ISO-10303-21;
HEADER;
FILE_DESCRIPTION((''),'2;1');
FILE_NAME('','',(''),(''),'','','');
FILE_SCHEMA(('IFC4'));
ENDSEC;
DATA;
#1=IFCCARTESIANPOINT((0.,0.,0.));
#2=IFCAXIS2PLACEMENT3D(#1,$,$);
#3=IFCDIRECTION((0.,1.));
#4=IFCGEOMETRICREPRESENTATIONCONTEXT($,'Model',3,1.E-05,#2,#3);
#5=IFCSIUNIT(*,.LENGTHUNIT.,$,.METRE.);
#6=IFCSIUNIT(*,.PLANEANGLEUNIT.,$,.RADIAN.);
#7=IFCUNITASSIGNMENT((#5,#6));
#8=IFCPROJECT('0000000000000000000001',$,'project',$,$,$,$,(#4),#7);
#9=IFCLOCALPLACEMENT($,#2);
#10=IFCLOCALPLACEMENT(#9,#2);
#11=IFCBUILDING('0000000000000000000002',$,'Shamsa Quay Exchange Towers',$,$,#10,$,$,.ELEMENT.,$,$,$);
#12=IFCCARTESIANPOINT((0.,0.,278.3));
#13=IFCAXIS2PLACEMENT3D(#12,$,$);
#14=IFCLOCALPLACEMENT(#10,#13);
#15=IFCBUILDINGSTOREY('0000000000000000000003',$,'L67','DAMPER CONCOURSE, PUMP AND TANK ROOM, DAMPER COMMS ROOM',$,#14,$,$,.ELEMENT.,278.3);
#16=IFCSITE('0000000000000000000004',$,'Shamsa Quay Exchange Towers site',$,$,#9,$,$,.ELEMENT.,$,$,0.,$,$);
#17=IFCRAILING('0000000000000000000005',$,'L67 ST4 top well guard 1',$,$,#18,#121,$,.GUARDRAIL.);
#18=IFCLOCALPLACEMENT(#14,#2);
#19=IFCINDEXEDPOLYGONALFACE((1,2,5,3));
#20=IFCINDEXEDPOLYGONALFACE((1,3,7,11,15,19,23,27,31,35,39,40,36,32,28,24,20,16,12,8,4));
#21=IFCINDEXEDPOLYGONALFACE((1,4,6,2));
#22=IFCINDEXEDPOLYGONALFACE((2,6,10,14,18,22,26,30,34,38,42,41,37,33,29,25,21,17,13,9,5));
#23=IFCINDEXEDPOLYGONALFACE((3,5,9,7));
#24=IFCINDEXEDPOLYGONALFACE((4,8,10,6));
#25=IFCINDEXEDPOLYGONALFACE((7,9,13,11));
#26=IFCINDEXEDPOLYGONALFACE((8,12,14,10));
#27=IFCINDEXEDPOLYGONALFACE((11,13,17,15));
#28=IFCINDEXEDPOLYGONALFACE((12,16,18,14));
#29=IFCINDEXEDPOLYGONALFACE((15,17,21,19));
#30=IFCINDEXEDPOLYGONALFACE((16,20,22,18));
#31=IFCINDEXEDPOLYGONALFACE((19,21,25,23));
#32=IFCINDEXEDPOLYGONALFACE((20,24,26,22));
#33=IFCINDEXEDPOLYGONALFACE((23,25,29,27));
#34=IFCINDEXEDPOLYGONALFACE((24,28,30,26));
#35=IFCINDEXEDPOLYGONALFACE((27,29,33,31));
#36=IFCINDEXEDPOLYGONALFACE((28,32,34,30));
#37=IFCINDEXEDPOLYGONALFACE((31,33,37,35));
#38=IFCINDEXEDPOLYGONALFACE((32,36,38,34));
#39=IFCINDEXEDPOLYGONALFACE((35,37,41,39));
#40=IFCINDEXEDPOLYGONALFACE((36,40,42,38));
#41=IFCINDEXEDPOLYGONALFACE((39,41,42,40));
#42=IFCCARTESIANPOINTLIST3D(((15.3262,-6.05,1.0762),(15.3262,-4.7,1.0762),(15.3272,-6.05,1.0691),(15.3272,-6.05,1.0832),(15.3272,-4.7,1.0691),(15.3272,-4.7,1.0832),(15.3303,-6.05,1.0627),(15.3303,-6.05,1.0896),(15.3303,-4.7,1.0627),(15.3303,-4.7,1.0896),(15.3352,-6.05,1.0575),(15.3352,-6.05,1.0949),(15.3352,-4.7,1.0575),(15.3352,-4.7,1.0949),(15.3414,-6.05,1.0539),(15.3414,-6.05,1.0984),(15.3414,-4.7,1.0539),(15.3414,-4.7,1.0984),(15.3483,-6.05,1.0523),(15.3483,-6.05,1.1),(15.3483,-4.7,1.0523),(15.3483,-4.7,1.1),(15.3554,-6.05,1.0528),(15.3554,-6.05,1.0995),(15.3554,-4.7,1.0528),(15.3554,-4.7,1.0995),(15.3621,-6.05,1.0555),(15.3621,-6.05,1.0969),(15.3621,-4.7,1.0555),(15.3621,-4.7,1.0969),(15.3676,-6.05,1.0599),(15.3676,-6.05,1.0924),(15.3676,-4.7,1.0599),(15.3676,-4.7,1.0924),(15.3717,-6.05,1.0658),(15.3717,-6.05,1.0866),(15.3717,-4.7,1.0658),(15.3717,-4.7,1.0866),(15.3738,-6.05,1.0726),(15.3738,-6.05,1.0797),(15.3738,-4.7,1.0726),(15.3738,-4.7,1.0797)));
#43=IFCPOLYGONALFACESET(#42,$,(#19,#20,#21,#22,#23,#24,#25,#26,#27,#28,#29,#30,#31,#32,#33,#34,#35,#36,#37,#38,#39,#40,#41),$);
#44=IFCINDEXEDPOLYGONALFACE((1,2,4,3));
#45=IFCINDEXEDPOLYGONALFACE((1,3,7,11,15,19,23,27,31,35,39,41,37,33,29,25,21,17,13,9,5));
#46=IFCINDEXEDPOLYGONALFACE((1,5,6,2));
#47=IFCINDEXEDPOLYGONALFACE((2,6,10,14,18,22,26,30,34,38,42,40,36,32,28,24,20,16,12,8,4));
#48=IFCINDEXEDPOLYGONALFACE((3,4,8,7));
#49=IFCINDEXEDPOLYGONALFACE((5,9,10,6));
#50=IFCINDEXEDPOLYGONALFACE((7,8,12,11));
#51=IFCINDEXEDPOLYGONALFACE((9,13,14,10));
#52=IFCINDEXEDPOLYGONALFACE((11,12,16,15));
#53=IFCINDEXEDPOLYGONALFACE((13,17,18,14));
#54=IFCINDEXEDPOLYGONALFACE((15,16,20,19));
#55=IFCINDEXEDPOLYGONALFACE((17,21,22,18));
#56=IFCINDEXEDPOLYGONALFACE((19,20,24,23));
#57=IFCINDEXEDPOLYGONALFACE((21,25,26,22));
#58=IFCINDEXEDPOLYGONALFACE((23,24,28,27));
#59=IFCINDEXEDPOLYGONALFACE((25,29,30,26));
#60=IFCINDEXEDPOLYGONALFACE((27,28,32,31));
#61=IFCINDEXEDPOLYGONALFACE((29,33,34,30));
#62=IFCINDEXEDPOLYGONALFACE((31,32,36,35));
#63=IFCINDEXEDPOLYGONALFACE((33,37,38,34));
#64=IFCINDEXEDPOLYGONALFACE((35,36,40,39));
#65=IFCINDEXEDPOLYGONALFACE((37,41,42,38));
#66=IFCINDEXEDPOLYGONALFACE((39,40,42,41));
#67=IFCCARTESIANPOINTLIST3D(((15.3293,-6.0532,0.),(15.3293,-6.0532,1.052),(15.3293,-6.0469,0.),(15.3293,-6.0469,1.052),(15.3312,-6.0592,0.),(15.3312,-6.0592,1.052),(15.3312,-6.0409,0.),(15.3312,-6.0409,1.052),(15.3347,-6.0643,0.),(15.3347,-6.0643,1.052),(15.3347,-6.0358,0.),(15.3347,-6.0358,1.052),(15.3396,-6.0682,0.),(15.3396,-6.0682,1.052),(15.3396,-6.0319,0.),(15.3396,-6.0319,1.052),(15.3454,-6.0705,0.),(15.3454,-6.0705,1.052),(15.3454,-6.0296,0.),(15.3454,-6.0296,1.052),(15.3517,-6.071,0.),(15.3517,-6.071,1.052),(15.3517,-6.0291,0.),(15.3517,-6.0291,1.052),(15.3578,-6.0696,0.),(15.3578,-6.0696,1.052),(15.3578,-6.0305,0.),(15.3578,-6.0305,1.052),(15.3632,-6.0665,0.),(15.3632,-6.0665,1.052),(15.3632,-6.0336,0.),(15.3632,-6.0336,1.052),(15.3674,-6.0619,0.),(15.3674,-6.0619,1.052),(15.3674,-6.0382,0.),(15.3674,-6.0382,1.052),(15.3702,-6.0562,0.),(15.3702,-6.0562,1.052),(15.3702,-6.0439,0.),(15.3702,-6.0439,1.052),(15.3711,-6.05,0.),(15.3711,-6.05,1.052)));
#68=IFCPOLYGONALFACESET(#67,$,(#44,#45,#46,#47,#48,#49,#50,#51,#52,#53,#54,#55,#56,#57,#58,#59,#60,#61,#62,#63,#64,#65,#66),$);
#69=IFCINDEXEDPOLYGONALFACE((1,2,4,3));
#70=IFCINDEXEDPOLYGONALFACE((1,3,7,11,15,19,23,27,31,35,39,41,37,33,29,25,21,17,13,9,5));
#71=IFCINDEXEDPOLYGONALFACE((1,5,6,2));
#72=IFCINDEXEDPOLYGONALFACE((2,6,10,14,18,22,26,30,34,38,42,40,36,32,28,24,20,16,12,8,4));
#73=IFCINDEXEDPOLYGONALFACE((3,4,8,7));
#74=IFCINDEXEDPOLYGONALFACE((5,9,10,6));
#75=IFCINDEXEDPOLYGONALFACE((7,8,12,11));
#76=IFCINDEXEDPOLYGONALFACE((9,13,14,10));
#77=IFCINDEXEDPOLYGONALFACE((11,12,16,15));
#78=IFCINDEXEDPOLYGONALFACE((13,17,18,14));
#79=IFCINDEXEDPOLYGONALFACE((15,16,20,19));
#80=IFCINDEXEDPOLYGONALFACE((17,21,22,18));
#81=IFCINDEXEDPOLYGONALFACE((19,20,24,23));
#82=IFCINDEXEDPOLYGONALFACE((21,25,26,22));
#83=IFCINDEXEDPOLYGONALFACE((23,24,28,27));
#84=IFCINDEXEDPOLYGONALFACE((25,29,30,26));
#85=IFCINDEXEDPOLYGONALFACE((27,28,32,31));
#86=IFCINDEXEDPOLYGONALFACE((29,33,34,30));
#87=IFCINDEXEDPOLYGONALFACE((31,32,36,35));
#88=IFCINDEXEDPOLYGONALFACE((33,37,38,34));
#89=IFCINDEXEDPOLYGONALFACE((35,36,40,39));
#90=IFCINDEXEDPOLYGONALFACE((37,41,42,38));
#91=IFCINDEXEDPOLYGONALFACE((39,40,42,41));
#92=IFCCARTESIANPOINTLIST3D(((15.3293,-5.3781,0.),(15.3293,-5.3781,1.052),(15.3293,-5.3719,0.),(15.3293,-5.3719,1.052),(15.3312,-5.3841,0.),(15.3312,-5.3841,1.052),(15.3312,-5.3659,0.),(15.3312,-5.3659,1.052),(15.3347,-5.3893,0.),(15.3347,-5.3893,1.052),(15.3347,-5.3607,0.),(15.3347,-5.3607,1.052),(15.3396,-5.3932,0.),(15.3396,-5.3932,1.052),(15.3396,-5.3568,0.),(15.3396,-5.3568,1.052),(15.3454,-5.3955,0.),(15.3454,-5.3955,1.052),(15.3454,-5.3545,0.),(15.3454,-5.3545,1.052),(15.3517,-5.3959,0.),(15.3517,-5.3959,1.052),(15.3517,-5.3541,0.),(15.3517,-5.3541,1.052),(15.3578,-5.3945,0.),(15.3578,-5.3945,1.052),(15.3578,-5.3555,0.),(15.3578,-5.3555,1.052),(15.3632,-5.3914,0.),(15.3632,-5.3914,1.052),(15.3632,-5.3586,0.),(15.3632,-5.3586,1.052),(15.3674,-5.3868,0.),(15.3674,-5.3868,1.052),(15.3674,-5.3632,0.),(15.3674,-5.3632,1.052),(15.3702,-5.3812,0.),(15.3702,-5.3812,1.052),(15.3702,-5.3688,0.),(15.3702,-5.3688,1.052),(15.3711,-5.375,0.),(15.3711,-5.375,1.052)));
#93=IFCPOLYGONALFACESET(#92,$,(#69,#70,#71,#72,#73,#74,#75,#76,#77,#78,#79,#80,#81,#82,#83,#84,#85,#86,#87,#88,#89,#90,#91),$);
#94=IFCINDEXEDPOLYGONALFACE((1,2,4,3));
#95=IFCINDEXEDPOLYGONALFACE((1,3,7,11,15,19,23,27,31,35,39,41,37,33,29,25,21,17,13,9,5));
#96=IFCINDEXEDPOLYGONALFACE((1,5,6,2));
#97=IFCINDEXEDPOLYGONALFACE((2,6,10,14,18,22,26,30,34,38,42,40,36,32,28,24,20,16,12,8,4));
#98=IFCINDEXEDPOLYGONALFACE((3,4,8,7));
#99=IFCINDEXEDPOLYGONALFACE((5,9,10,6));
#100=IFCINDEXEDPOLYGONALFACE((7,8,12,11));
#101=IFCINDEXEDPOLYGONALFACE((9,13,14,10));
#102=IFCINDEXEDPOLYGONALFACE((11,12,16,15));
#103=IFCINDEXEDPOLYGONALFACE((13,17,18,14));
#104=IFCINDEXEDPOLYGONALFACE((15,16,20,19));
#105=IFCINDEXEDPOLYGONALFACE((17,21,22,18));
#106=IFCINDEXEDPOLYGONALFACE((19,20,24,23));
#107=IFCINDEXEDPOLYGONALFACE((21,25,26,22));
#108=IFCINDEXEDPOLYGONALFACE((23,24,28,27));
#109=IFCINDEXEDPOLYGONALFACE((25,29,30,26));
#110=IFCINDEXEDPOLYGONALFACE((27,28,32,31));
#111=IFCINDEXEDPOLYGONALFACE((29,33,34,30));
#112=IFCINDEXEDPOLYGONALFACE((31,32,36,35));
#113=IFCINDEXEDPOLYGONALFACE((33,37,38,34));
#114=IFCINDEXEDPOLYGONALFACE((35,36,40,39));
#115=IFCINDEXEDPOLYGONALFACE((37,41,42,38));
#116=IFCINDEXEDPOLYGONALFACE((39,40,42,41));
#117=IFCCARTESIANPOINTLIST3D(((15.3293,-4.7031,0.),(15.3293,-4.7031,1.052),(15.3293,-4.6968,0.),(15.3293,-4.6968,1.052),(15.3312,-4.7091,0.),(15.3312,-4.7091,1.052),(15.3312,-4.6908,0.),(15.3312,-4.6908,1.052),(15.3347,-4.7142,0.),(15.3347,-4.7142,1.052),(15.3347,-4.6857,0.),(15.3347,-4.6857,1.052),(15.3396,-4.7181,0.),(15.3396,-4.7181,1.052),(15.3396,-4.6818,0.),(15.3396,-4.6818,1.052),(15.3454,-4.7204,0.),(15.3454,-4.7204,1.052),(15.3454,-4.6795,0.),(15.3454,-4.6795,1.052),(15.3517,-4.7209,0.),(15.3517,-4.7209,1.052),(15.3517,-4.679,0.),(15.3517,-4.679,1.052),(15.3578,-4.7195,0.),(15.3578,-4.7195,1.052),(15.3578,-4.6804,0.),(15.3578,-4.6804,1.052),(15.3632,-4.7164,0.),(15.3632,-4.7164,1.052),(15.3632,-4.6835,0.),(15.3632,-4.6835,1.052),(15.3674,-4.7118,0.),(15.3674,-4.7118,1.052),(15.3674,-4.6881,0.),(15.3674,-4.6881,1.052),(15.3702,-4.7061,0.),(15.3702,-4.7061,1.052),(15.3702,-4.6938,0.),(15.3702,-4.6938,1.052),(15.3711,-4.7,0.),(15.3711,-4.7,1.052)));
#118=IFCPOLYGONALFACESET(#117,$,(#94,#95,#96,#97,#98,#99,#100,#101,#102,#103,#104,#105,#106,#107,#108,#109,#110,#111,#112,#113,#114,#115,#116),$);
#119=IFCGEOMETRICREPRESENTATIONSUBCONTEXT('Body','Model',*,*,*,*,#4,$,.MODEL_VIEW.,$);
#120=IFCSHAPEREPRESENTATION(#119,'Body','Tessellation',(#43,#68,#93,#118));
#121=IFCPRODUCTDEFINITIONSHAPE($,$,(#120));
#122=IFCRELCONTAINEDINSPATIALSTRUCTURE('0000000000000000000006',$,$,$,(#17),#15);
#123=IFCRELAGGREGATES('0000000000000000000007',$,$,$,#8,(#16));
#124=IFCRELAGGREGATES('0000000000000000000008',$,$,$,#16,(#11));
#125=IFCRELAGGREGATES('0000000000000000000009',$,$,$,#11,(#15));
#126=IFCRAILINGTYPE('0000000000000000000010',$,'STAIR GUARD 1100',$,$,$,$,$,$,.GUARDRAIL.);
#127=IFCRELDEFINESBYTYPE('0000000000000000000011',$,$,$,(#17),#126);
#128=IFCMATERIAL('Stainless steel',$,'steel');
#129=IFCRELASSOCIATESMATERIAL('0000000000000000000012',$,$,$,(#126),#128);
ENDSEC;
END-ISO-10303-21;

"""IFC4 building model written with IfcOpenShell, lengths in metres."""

from ifc_helpers import new_model, si_unit, direction, frame, origin, origin_2d, place, context, subcontext, project, spatial, circle, extrude, material, type_object, element, save


model = new_model("IFC4")

# Units and contexts
model_context = context("Model", 3, precision=1e-05, world=origin(), true_north=direction((0.0, 1.0)))
body_context = subcontext(model_context, "Body", "Model", "MODEL_VIEW")
ifc_project = project(units=[si_unit("LENGTHUNIT", "METRE"), si_unit("PLANEANGLEUNIT", "RADIAN")], contexts=[model_context])

# Site, building, storey
site_placement = place(None, origin())
site = spatial("IfcSite", under=ifc_project, at=site_placement, Name="Shamsa Quay Exchange Towers site", CompositionType="ELEMENT", RefElevation=0.0)
building_placement = place(site_placement, origin())
building = spatial("IfcBuilding", under=site, at=building_placement, Name="Shamsa Quay Exchange Towers", CompositionType="ELEMENT")
storey_placement = place(building_placement, frame((0.0, 0.0, 278.3)))
storey = spatial("IfcBuildingStorey", under=building, at=storey_placement, Name="L67", Description="DAMPER CONCOURSE, PUMP AND TANK ROOM, DAMPER COMMS ROOM", CompositionType="ELEMENT", Elevation=278.3)

# Railing
ifc_material_1 = material(Name="Stainless steel", Category="steel")
railing_type = type_object("IfcRailingType", Name="STAIR GUARD 1100", PredefinedType="GUARDRAIL", material=ifc_material_1)
railing_placement = place(storey_placement, frame((15.3501, -6.05, 0.0)))
element("IfcRailing", 1, at=railing_placement, inside=storey, type_object=railing_type, Name="L67 ST4 top well guard 1", PredefinedType="GUARDRAIL", context=body_context, shape_type="SweptSolid", body=[
    extrude(circle(Radius=0.0239, at=origin_2d()), frame((0.0, 0.0, 1.0762), z_axis=(0.0, 1.0, 0.0), x_axis=(-1.0, 0.0, 0.0)), (0.0, 0.0, 1.0), 1.3501),
    extrude(circle(Radius=0.021, at=origin_2d()), origin(), (0.0, 0.0, 1.0), 1.052),
    extrude(circle(Radius=0.021, at=origin_2d()), frame((0.0, 0.675, 0.0)), (0.0, 0.0, 1.0), 1.052),
    extrude(circle(Radius=0.021, at=origin_2d()), frame((0.0, 1.3501, 0.0)), (0.0, 0.0, 1.0), 1.052),
])

save(model, "model.ifc")
